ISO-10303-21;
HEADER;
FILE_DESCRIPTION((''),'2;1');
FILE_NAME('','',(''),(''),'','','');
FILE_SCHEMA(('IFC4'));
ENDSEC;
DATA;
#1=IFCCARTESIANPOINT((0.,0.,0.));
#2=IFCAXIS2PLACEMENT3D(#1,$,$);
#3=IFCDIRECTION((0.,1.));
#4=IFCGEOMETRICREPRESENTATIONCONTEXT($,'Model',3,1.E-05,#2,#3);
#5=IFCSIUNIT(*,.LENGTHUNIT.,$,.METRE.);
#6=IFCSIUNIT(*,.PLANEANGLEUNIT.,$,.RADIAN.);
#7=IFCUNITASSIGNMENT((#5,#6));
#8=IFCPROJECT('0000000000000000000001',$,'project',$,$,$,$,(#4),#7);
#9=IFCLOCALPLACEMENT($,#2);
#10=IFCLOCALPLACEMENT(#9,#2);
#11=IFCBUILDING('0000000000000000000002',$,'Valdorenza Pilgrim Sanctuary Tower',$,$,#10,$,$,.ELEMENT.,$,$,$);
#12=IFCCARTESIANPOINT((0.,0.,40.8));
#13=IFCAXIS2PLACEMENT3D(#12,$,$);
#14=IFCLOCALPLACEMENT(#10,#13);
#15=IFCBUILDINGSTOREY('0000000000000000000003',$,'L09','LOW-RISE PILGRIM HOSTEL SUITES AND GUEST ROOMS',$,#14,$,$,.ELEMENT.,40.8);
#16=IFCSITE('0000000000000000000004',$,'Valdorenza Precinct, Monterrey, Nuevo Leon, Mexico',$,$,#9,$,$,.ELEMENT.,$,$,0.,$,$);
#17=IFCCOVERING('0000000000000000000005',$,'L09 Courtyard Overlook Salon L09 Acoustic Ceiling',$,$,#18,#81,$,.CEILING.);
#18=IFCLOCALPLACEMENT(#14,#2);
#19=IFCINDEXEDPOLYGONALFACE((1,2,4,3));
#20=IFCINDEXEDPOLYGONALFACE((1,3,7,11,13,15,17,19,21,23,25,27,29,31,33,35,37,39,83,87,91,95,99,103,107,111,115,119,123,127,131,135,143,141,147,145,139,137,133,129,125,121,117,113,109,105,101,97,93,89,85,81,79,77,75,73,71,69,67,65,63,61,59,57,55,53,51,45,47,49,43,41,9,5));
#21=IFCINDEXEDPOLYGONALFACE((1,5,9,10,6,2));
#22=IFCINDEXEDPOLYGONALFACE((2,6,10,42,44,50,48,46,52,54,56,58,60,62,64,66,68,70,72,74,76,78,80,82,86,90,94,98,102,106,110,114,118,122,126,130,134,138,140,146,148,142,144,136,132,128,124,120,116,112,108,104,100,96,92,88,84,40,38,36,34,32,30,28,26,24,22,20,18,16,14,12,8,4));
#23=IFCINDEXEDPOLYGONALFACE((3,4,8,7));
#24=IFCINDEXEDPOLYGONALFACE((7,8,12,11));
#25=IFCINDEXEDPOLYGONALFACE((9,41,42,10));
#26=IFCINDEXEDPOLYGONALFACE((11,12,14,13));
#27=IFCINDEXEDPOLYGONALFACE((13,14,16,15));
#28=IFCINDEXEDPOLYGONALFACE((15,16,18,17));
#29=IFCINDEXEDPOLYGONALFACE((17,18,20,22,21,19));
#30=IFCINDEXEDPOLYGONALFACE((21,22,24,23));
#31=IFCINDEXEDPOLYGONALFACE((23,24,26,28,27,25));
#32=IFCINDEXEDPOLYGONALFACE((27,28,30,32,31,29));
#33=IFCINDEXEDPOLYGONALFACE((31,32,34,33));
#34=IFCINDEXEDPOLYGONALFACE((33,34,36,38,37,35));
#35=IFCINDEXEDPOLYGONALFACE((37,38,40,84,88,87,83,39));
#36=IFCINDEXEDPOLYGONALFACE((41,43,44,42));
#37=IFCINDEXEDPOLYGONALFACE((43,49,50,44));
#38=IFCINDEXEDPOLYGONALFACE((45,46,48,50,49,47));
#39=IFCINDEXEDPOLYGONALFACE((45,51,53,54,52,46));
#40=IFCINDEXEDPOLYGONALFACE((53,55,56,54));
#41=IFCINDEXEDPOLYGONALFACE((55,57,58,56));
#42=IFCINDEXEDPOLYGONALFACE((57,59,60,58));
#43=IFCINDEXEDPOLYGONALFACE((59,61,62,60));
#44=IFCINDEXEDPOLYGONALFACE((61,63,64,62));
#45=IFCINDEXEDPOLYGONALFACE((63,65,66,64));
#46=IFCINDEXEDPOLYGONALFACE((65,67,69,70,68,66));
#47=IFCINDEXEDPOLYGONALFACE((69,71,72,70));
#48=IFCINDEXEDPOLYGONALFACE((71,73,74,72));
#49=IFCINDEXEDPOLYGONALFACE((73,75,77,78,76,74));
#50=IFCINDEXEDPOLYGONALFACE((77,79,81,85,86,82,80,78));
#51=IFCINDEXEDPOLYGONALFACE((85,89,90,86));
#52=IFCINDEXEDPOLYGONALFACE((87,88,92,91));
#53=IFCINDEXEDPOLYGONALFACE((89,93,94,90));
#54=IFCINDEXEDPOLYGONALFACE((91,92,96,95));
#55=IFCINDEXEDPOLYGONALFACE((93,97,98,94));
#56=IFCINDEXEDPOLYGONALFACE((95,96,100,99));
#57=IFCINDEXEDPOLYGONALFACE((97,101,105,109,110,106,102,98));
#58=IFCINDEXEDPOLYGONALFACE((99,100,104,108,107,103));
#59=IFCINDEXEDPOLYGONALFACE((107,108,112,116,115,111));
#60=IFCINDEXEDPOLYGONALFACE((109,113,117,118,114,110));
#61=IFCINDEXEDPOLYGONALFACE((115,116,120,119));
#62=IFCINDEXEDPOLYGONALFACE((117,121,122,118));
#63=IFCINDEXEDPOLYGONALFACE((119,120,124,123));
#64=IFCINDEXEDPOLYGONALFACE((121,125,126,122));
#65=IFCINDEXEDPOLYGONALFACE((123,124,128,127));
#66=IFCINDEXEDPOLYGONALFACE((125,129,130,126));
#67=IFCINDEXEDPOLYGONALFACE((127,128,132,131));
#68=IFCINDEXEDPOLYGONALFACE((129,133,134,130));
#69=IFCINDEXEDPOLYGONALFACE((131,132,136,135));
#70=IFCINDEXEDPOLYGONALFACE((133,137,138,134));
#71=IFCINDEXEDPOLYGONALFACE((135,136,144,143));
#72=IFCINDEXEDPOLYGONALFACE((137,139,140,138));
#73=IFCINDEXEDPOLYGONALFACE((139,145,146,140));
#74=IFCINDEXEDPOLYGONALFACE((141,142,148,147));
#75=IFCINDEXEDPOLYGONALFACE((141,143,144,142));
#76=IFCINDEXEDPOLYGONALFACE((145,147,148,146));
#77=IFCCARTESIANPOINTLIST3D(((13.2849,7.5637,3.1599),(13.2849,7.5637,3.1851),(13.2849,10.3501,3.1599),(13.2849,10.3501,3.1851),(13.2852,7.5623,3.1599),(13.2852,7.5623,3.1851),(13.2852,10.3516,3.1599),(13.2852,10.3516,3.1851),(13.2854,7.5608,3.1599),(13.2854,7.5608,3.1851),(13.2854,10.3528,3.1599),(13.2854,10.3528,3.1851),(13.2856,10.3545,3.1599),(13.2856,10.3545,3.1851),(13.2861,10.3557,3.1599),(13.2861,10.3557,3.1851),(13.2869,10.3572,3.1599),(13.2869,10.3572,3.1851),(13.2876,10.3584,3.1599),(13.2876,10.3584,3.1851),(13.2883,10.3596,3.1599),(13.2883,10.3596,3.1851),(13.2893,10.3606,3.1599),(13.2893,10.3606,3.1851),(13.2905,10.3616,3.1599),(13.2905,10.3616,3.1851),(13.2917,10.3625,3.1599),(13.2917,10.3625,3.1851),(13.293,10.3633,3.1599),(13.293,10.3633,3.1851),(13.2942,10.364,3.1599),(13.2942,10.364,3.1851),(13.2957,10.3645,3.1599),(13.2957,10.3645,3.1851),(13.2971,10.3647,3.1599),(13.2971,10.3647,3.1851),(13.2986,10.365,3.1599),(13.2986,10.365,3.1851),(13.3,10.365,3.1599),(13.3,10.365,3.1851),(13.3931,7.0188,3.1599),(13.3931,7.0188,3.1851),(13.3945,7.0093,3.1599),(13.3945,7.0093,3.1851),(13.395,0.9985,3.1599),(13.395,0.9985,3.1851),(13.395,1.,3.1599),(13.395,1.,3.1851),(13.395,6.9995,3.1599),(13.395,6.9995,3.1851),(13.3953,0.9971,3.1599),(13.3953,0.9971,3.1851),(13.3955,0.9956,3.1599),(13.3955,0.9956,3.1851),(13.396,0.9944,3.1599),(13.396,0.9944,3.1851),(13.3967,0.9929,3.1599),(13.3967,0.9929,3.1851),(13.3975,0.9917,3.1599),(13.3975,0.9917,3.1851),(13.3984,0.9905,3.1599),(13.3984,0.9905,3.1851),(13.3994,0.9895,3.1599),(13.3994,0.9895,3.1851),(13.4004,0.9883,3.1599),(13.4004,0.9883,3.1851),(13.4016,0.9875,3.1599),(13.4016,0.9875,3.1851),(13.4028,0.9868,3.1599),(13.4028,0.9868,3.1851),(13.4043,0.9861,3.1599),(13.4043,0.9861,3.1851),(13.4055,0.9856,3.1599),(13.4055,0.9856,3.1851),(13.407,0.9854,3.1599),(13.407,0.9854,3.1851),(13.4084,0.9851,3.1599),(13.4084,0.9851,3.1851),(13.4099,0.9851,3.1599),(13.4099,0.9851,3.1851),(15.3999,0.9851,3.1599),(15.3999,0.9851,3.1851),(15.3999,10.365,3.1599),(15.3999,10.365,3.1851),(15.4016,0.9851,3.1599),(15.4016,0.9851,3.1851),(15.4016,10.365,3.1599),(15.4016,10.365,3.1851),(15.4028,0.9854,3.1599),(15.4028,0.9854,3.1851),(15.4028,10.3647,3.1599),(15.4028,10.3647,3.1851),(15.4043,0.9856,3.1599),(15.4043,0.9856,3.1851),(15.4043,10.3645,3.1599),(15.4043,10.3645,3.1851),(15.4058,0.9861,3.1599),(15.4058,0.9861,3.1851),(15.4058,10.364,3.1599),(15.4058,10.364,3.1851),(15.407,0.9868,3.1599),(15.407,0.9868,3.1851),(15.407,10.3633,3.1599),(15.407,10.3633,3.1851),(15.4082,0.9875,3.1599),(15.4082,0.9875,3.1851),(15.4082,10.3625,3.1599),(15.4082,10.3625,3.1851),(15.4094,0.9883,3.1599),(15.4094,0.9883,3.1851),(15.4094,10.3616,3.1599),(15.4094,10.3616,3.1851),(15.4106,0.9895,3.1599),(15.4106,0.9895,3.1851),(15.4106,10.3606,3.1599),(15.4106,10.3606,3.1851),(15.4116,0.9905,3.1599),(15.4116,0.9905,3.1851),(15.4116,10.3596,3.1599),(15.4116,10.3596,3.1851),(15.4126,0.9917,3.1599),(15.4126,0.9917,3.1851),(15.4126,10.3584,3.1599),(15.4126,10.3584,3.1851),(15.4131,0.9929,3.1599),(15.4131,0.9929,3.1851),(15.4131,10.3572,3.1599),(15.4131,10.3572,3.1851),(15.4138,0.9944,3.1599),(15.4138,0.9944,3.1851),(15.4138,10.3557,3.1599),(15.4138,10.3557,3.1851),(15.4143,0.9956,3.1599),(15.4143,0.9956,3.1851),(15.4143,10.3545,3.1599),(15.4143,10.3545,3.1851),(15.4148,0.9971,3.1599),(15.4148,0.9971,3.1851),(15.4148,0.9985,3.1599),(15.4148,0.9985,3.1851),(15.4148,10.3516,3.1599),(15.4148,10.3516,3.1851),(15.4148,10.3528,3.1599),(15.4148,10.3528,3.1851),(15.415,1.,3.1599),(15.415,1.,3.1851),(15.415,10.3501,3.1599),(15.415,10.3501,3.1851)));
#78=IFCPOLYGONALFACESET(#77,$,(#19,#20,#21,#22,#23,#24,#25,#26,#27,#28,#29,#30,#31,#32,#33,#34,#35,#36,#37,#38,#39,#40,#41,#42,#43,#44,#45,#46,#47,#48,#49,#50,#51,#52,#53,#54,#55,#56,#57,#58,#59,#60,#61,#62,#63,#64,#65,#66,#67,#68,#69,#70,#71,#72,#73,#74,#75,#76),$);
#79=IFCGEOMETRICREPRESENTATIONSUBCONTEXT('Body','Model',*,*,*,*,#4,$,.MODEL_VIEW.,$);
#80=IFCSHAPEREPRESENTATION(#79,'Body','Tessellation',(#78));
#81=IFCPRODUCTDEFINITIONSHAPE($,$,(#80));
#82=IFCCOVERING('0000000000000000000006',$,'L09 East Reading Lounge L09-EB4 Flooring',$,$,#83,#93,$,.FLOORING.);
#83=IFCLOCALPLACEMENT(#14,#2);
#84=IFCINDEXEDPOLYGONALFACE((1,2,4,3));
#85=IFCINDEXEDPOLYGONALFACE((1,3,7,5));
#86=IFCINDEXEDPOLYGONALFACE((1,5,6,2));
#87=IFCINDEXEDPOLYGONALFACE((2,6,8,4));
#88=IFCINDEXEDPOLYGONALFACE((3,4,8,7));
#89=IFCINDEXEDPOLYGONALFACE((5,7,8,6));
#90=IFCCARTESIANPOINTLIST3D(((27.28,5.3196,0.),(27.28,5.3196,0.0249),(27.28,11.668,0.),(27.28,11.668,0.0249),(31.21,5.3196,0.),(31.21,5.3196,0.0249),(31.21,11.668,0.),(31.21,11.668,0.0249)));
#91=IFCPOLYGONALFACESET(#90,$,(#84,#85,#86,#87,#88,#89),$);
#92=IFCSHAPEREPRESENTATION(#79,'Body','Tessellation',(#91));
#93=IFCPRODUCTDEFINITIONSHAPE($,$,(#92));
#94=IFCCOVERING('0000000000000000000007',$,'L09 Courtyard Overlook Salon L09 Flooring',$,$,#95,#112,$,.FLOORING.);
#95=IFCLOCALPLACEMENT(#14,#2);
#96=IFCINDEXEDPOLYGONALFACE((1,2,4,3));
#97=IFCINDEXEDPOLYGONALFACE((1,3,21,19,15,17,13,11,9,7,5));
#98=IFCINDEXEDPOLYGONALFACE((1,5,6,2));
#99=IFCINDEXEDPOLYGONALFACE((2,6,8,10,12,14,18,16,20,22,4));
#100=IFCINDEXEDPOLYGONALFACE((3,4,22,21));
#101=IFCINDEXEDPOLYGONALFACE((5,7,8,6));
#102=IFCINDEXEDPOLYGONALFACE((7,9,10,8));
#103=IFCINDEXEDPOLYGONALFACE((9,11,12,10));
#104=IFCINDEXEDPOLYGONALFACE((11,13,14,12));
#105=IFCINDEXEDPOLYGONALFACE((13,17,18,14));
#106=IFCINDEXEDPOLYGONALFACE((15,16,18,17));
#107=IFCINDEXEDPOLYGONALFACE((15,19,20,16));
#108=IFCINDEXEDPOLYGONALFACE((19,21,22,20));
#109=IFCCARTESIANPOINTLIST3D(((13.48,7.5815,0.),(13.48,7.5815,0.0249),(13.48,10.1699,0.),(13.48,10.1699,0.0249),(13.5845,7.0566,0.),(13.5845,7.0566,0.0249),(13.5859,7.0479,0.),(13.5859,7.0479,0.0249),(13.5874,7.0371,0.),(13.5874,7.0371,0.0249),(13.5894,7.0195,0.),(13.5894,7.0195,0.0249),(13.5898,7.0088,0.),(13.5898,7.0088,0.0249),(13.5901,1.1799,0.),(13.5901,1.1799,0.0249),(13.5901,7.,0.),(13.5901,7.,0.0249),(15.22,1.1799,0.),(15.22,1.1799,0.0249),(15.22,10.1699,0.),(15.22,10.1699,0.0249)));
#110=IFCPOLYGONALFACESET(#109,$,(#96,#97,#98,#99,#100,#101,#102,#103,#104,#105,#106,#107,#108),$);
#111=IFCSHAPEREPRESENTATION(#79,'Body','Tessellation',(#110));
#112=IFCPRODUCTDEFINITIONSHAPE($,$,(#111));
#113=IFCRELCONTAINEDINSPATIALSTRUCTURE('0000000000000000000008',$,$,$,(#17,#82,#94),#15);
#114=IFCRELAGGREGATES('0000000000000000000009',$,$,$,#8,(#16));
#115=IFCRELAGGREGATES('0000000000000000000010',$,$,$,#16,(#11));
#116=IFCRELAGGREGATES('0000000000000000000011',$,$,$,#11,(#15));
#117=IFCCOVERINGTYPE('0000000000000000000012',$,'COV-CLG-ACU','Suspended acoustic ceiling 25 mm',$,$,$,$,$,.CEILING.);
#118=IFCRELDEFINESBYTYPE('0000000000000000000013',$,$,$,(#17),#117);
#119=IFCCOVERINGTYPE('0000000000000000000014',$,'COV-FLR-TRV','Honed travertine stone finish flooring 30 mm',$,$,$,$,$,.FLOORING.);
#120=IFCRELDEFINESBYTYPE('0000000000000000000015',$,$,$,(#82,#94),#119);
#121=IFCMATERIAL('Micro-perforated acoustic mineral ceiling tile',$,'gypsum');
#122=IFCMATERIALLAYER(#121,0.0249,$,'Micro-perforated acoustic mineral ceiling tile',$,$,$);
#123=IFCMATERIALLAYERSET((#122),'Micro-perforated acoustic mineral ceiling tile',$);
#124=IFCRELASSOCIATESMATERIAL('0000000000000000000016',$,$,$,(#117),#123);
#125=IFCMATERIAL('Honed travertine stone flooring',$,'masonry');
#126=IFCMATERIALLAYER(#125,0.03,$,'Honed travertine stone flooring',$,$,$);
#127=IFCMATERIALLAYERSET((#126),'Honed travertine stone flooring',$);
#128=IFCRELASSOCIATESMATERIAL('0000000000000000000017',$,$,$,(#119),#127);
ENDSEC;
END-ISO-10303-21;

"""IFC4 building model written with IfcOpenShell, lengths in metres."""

from ifc_helpers import new_model, si_unit, direction, frame, origin, place, context, subcontext, project, spatial, polyline, outline, extrude, material, layer, layer_set, type_object, element, save


model = new_model("IFC4")

# Units and contexts
model_context = context("Model", 3, precision=1e-05, world=origin(), true_north=direction((0.0, 1.0)))
body_context = subcontext(model_context, "Body", "Model", "MODEL_VIEW")
ifc_project = project(units=[si_unit("LENGTHUNIT", "METRE"), si_unit("PLANEANGLEUNIT", "RADIAN")], contexts=[model_context])

# Site, building, storey
site_placement = place(None, origin())
site = spatial("IfcSite", under=ifc_project, at=site_placement, Name="Valdorenza Precinct, Monterrey, Nuevo Leon, Mexico", CompositionType="ELEMENT", RefElevation=0.0)
building_placement = place(site_placement, origin())
building = spatial("IfcBuilding", under=site, at=building_placement, Name="Valdorenza Pilgrim Sanctuary Tower", CompositionType="ELEMENT")
storey_placement = place(building_placement, frame((0.0, 0.0, 40.8)))
storey = spatial("IfcBuildingStorey", under=building, at=storey_placement, Name="L09", Description="LOW-RISE PILGRIM HOSTEL SUITES AND GUEST ROOMS", CompositionType="ELEMENT", Elevation=40.8)

# Coverings
ifc_material_1 = material(Name="Micro-perforated acoustic mineral ceiling tile", Category="gypsum")
ifc_layer_1 = layer(ifc_material_1, 0.0249, Name="Micro-perforated acoustic mineral ceiling tile")
ifc_layer_set_1 = layer_set([ifc_layer_1], Name="Micro-perforated acoustic mineral ceiling tile")
covering_type_1 = type_object("IfcCoveringType", Name="COV-CLG-ACU", Description="Suspended acoustic ceiling 25 mm", PredefinedType="CEILING", material=ifc_layer_set_1)
covering_1_placement = place(storey_placement, frame((0.0, 0.0, 3.1599)))
element("IfcCovering", 1, at=covering_1_placement, inside=storey, type_object=covering_type_1, Name="L09 Courtyard Overlook Salon L09 Acoustic Ceiling", PredefinedType="CEILING", context=body_context, shape_type="SweptSolid", body=[
    extrude(outline(polyline([(15.3999, 10.365), (15.4016, 10.365), (15.4028, 10.3647), (15.4043, 10.3645), (15.4058, 10.364), (15.407, 10.3633), (15.4082, 10.3625), (15.4094, 10.3616), (15.4106, 10.3606), (15.4116, 10.3596), (15.4126, 10.3584), (15.4131, 10.3572), (15.4138, 10.3557), (15.4143, 10.3545), (15.4148, 10.3528), (15.4148, 10.3516), (15.415, 10.3501), (15.415, 1.0), (15.4148, 0.9985), (15.4148, 0.9971), (15.4143, 0.9956), (15.4138, 0.9944), (15.4131, 0.9929), (15.4126, 0.9917), (15.4116, 0.9905), (15.4106, 0.9895), (15.4094, 0.9883), (15.4082, 0.9875), (15.407, 0.9868), (15.4058, 0.9861), (15.4043, 0.9856), (15.4028, 0.9854), (15.4016, 0.9851), (15.3999, 0.9851), (13.4099, 0.9851), (13.4084, 0.9851), (13.407, 0.9854), (13.4055, 0.9856), (13.4043, 0.9861), (13.4028, 0.9868), (13.4016, 0.9875), (13.4004, 0.9883), (13.3994, 0.9895), (13.3984, 0.9905), (13.3975, 0.9917), (13.3967, 0.9929), (13.396, 0.9944), (13.3955, 0.9956), (13.3953, 0.9971), (13.395, 0.9985), (13.395, 1.0), (13.395, 6.9995), (13.3945, 7.0093), (13.3931, 7.0188), (13.2854, 7.5608), (13.2852, 7.5623), (13.2849, 7.5637), (13.2849, 10.3501), (13.2852, 10.3516), (13.2854, 10.3528), (13.2856, 10.3545), (13.2861, 10.3557), (13.2869, 10.3572), (13.2876, 10.3584), (13.2883, 10.3596), (13.2893, 10.3606), (13.2905, 10.3616), (13.2917, 10.3625), (13.293, 10.3633), (13.2942, 10.364), (13.2957, 10.3645), (13.2971, 10.3647), (13.2986, 10.365), (13.3, 10.365), (15.3999, 10.365)])), origin(), (0.0, 0.0, 1.0), 0.0251),
])
ifc_material_2 = material(Name="Honed travertine stone flooring", Category="masonry")
ifc_layer_2 = layer(ifc_material_2, 0.03, Name="Honed travertine stone flooring")
ifc_layer_set_2 = layer_set([ifc_layer_2], Name="Honed travertine stone flooring")
covering_type_2 = type_object("IfcCoveringType", Name="COV-FLR-TRV", Description="Honed travertine stone finish flooring 30 mm", PredefinedType="FLOORING", material=ifc_layer_set_2)
covering_2_placement = place(storey_placement, origin())
element("IfcCovering", 2, at=covering_2_placement, inside=storey, type_object=covering_type_2, Name="L09 East Reading Lounge L09-EB4 Flooring", PredefinedType="FLOORING", context=body_context, shape_type="SweptSolid", body=[
    extrude(outline(polyline([(27.28, 11.668), (31.21, 11.668), (31.21, 5.3196), (27.28, 5.3196), (27.28, 11.668)])), origin(), (0.0, 0.0, 1.0), 0.0249),
])
covering_3_placement = place(storey_placement, origin())
element("IfcCovering", 3, at=covering_3_placement, inside=storey, type_object=covering_type_2, Name="L09 Courtyard Overlook Salon L09 Flooring", PredefinedType="FLOORING", context=body_context, shape_type="SweptSolid", body=[
    extrude(outline(polyline([(15.22, 10.1699), (15.22, 1.1799), (13.5901, 1.1799), (13.5901, 7.0), (13.5898, 7.0088), (13.5894, 7.0195), (13.5874, 7.0371), (13.5859, 7.0479), (13.5845, 7.0566), (13.48, 7.5815), (13.48, 10.1699), (15.22, 10.1699)])), origin(), (0.0, 0.0, 1.0), 0.0249),
])

save(model, "model.ifc")
